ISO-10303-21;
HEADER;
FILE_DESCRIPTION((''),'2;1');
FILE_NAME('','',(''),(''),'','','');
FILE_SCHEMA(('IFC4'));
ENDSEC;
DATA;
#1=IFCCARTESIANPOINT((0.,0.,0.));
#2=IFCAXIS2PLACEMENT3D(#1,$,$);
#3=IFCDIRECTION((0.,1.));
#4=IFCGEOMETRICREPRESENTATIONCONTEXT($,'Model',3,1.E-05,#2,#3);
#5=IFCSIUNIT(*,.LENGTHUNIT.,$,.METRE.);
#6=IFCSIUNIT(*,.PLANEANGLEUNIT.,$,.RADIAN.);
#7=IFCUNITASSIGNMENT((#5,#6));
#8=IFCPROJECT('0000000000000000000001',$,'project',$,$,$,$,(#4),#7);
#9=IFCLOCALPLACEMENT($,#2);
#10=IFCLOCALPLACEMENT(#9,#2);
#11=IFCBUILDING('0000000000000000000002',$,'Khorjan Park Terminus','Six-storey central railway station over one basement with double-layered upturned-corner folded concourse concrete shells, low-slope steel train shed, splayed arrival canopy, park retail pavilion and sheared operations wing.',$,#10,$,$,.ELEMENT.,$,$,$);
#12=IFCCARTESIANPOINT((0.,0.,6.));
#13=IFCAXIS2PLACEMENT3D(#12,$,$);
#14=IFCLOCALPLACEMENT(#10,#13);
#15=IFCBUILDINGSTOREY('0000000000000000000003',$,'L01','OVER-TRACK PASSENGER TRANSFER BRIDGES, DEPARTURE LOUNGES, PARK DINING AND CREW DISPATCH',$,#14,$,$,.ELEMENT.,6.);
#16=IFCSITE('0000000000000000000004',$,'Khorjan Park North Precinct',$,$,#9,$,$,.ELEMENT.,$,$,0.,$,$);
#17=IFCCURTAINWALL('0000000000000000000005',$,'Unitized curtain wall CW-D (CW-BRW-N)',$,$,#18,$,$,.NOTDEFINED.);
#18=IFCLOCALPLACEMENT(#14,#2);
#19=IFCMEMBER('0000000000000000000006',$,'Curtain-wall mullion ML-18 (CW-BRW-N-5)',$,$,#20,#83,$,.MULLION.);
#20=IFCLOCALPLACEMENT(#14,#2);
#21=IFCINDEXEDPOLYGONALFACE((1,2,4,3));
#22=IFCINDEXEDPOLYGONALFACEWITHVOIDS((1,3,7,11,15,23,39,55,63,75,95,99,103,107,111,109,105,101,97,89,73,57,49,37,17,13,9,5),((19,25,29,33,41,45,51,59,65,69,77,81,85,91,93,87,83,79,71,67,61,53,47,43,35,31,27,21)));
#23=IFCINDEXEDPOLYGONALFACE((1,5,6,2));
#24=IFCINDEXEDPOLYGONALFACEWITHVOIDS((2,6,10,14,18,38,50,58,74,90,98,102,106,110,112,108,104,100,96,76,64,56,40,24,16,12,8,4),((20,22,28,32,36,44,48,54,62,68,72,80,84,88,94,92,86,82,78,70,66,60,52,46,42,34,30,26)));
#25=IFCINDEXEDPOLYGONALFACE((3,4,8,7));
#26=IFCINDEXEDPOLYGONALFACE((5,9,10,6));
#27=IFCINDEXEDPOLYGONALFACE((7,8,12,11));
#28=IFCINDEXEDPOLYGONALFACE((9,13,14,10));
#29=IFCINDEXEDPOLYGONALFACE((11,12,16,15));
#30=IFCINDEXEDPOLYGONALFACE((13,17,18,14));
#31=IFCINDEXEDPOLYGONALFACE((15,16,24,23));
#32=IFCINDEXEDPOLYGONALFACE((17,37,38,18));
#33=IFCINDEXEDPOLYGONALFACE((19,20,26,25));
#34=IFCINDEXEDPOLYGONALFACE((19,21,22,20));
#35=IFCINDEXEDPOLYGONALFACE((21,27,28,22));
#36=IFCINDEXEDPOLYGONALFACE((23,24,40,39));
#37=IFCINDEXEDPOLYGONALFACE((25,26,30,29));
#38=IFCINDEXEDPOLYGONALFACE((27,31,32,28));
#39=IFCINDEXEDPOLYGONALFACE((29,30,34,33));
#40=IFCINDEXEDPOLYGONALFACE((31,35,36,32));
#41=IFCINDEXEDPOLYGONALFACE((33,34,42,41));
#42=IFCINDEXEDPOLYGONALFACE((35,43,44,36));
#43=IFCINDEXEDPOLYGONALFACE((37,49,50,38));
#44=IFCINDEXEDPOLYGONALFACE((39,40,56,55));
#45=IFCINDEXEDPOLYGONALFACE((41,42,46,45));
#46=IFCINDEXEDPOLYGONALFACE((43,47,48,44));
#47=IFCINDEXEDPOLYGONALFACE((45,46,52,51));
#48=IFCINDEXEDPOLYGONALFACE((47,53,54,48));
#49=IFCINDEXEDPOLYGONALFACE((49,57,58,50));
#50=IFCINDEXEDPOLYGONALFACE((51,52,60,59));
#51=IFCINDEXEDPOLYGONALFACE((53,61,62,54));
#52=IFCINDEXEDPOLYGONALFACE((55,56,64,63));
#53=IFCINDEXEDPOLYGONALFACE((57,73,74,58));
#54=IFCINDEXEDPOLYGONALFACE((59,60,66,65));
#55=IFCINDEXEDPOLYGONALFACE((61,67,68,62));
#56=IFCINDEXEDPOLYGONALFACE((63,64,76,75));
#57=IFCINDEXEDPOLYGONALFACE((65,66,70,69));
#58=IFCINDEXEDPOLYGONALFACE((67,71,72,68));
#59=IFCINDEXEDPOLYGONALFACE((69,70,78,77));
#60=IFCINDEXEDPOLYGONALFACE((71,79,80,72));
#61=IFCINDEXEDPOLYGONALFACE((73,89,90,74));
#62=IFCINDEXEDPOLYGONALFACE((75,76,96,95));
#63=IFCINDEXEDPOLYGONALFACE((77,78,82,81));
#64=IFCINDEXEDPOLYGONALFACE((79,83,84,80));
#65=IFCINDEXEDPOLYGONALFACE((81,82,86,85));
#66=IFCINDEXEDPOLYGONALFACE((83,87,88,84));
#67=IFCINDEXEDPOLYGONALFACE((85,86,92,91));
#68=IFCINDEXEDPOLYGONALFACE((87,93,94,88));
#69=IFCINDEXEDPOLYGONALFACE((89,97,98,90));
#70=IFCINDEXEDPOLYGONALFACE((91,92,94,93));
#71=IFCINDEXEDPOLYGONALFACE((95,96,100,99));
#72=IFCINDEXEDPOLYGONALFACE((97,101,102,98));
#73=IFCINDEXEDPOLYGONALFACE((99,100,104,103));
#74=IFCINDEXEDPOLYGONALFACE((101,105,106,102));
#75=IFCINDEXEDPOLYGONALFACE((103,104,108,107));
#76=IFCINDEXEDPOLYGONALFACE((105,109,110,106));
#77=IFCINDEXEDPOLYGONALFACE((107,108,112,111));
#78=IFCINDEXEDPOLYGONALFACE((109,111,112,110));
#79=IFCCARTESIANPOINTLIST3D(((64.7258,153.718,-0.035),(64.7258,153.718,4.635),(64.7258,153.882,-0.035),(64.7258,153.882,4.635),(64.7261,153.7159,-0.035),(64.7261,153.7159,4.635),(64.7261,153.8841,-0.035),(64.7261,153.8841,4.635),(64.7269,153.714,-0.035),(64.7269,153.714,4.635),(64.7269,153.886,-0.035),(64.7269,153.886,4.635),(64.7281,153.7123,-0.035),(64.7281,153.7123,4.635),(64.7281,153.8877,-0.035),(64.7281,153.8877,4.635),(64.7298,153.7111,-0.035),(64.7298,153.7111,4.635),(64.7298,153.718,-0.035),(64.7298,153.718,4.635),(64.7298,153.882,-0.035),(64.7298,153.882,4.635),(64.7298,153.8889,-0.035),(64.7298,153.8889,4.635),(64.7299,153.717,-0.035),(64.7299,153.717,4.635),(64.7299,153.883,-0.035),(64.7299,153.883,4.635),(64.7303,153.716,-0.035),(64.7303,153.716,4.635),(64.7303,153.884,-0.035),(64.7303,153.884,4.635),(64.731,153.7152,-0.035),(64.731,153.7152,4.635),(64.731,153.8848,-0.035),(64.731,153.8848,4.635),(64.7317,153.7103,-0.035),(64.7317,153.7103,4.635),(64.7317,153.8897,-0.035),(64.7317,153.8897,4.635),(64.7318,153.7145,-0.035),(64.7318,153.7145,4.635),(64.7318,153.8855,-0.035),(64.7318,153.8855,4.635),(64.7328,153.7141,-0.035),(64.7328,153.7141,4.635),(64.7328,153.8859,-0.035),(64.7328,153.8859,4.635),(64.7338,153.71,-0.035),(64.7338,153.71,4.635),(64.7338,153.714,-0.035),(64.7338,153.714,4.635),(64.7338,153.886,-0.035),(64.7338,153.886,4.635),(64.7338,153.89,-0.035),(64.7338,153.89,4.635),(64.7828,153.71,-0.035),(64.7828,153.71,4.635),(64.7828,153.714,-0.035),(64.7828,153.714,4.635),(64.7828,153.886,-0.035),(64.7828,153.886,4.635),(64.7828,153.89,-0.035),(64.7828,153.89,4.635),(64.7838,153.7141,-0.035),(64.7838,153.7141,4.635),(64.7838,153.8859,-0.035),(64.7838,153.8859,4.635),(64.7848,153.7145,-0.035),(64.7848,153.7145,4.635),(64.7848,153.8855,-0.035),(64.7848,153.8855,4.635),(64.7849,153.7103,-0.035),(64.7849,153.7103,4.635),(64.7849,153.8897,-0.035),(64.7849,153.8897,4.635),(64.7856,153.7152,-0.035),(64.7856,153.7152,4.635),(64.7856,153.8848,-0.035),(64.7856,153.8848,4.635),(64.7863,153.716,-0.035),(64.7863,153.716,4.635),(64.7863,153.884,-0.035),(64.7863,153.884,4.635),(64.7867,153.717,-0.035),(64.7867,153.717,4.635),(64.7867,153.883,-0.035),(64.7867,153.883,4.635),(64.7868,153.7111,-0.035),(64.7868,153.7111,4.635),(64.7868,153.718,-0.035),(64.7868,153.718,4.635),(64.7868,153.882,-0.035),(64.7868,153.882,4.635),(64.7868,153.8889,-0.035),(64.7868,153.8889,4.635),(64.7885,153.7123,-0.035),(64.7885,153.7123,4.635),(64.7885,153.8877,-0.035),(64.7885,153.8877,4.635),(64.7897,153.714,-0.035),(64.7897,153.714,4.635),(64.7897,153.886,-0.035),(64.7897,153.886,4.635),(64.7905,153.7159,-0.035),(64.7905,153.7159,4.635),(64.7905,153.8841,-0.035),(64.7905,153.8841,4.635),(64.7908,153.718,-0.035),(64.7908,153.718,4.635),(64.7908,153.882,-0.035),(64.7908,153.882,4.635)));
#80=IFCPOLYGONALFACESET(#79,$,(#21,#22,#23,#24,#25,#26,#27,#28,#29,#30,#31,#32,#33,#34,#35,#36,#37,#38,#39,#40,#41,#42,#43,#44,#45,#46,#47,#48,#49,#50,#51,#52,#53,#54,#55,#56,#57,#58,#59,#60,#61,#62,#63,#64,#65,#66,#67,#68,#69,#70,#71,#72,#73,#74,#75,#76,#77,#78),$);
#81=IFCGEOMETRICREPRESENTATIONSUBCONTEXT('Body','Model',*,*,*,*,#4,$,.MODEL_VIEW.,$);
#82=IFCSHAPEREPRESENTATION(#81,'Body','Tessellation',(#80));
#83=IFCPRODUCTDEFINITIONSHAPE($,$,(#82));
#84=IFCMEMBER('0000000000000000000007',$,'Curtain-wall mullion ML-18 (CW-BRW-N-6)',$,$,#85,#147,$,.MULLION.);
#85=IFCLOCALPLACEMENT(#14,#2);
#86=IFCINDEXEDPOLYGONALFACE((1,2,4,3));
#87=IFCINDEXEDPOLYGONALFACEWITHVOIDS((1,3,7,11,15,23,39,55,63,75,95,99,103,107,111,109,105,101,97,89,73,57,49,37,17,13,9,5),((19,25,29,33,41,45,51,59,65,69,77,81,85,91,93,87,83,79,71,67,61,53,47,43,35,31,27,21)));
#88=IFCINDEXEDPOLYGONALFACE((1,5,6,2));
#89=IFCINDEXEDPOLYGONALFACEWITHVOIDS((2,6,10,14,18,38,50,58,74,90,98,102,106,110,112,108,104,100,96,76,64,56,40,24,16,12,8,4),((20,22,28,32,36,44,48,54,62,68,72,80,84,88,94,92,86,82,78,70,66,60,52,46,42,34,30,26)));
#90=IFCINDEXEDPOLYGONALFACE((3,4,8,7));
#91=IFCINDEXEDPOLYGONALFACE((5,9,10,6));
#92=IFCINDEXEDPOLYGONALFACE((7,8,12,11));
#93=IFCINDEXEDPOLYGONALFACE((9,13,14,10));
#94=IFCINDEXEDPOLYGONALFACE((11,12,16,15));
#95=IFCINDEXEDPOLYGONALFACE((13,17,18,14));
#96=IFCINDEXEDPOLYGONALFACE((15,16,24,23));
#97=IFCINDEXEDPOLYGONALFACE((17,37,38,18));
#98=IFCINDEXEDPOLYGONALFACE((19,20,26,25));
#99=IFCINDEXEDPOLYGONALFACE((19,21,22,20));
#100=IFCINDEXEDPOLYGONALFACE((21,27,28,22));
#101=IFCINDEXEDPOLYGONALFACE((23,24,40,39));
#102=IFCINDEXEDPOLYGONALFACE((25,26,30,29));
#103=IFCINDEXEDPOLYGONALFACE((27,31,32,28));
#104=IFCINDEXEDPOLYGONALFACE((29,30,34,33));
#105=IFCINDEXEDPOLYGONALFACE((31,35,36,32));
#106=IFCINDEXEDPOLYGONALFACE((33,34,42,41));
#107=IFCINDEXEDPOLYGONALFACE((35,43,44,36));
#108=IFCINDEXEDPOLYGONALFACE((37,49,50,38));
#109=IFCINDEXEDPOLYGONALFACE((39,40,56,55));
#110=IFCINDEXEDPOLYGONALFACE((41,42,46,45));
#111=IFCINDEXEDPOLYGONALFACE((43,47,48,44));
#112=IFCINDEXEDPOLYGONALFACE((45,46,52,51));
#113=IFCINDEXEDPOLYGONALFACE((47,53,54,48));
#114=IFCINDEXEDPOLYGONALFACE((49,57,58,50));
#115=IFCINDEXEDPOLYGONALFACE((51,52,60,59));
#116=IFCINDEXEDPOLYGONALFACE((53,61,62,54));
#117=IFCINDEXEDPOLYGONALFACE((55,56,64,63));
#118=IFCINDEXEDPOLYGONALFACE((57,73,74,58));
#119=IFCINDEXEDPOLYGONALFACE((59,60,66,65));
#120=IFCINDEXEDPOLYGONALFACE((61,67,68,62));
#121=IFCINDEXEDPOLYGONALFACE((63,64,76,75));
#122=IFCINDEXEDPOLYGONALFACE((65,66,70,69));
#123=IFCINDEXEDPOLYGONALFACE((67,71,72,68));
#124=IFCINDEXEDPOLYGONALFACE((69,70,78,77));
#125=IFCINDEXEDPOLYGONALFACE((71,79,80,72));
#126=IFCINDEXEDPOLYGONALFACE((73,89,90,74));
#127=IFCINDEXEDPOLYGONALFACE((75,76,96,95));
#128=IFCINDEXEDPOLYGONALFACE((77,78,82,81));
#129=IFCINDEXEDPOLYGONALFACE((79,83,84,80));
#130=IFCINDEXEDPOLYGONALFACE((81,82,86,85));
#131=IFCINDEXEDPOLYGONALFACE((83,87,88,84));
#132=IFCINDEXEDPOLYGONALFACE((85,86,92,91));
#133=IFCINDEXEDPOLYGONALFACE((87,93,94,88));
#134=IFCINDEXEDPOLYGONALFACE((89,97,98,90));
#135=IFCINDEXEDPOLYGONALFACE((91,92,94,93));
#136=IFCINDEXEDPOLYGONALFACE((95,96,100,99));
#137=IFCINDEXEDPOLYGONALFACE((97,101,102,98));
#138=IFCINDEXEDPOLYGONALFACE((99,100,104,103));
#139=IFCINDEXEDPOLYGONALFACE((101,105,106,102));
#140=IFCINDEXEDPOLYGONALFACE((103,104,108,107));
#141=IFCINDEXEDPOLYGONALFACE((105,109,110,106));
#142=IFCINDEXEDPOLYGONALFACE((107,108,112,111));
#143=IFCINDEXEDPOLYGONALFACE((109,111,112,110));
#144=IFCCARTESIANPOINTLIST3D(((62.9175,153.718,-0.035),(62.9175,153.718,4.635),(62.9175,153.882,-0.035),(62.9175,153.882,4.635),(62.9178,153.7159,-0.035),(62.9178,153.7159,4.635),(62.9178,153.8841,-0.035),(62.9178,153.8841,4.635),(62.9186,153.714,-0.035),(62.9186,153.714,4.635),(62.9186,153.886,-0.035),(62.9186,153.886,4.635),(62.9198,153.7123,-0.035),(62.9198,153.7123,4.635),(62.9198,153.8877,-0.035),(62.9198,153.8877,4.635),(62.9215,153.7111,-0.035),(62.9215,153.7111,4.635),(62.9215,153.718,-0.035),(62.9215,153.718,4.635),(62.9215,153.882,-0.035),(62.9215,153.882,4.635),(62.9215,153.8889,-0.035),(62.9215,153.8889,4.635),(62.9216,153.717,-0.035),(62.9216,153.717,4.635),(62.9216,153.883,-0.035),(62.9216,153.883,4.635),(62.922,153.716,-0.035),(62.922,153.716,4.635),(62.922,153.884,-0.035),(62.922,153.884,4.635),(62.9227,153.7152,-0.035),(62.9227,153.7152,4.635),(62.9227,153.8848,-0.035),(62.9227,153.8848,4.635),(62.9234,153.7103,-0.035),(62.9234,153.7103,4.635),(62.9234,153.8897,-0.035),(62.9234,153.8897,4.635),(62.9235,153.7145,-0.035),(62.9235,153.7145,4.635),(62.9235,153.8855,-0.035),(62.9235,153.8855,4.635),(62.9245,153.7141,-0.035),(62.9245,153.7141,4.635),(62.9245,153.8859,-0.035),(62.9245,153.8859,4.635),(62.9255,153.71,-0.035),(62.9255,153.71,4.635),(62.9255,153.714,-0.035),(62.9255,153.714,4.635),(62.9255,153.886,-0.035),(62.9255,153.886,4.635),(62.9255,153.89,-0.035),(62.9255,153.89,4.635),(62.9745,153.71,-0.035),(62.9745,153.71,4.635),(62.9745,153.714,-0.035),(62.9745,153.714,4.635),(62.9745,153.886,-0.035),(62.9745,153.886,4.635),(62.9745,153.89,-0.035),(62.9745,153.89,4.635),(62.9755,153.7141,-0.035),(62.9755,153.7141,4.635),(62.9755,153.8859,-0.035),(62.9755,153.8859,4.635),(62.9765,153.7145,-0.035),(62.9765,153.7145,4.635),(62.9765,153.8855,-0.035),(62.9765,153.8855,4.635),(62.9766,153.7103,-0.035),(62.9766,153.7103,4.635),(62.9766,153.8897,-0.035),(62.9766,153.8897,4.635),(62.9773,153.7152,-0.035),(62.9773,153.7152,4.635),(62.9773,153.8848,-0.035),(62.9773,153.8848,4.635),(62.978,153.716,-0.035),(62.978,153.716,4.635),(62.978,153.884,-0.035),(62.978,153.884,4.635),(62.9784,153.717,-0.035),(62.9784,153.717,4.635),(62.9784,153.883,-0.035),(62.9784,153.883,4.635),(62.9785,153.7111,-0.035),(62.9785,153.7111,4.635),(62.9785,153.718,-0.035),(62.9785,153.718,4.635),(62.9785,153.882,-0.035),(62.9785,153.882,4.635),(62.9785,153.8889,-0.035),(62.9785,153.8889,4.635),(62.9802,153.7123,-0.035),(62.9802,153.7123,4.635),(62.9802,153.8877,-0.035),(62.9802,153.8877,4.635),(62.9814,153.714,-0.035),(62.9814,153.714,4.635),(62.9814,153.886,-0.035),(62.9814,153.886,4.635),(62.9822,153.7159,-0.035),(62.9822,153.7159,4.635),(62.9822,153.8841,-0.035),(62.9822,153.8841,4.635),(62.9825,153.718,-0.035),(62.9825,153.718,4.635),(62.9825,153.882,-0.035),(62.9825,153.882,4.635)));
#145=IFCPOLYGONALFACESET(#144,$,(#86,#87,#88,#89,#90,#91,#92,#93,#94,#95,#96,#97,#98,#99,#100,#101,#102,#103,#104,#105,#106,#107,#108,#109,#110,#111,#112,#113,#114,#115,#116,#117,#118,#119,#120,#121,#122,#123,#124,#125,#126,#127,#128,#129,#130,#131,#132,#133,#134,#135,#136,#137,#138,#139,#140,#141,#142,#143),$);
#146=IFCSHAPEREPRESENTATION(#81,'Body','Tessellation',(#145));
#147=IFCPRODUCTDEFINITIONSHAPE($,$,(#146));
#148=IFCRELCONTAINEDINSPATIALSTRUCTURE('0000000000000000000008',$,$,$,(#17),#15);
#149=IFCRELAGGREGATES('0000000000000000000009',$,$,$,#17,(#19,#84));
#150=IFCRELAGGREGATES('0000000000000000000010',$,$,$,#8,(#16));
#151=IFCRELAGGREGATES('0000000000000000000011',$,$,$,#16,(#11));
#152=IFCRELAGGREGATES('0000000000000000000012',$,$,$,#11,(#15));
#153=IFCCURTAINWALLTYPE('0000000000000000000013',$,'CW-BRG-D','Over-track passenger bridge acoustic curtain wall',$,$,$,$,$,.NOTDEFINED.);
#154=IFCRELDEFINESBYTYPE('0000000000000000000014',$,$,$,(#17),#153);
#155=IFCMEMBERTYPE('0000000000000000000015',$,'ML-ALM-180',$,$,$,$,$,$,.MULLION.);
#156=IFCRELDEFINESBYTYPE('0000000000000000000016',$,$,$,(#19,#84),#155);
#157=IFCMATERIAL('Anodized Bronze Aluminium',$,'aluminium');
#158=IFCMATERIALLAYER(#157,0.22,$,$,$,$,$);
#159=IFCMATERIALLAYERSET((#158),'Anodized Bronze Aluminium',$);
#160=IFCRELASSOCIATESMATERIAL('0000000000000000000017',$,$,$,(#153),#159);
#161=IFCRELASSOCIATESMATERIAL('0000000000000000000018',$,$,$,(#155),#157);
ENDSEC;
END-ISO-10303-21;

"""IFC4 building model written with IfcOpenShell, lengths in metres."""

from ifc_helpers import new_model, si_unit, direction, frame, origin, origin_2d, place, context, subcontext, project, spatial, hollow_rectangle, extrude, material, layer, layer_set, material_profile, profile_set, type_object, element, aggregate, save


model = new_model("IFC4")

# Units and contexts
model_context = context("Model", 3, precision=1e-05, world=origin(), true_north=direction((0.0, 1.0)))
body_context = subcontext(model_context, "Body", "Model", "MODEL_VIEW")
ifc_project = project(units=[si_unit("LENGTHUNIT", "METRE"), si_unit("PLANEANGLEUNIT", "RADIAN")], contexts=[model_context])

# Site, building, storey
site_placement = place(None, origin())
site = spatial("IfcSite", under=ifc_project, at=site_placement, Name="Khorjan Park North Precinct", CompositionType="ELEMENT", RefElevation=0.0)
building_placement = place(site_placement, origin())
building = spatial("IfcBuilding", under=site, at=building_placement, Name="Khorjan Park Terminus", Description="Six-storey central railway station over one basement with double-layered upturned-corner folded concourse concrete shells, low-slope steel train shed, splayed arrival canopy, park retail pavilion and sheared operations wing.", CompositionType="ELEMENT")
storey_placement = place(building_placement, frame((0.0, 0.0, 6.0)))
storey = spatial("IfcBuildingStorey", under=building, at=storey_placement, Name="L01", Description="OVER-TRACK PASSENGER TRANSFER BRIDGES, DEPARTURE LOUNGES, PARK DINING AND CREW DISPATCH", CompositionType="ELEMENT", Elevation=6.0)

# Curtain wall, members
ifc_material_1 = material(Name="Anodized Bronze Aluminium", Category="aluminium")
ifc_layer_1 = layer(ifc_material_1, 0.22)
ifc_layer_set_1 = layer_set([ifc_layer_1], Name="Anodized Bronze Aluminium")
curtain_wall_type = type_object("IfcCurtainWallType", Name="CW-BRG-D", Description="Over-track passenger bridge acoustic curtain wall", PredefinedType="NOTDEFINED", material=ifc_layer_set_1)
curtain_wall_placement = place(storey_placement, origin())
curtain_wall = element("IfcCurtainWall", 1, at=curtain_wall_placement, inside=storey, type_object=curtain_wall_type, Name="Unitized curtain wall CW-D (CW-BRW-N)", PredefinedType="NOTDEFINED")
ifc_material_profile_1 = material_profile(ifc_material_1, hollow_rectangle(XDim=0.065, YDim=0.18, WallThickness=0.004, InnerFilletRadius=0.004, OuterFilletRadius=0.008, at=origin_2d()), Name="ALM 65x180x4")
ifc_profile_set_1 = profile_set([ifc_material_profile_1], Name="Anodized Bronze Aluminium")
member_type_1 = type_object("IfcMemberType", Name="ML-ALM-180", PredefinedType="MULLION", material=ifc_profile_set_1)
member_1_placement = place(storey_placement, frame((64.7583, 153.8, -0.035), z_axis=(0.0, 0.0, 1.0), x_axis=(-1.0, 0.0, 0.0)))
member_1 = element("IfcMember", 2, at=member_1_placement, type_object=member_type_1, Name="Curtain-wall mullion ML-18 (CW-BRW-N-5)", PredefinedType="MULLION", context=body_context, shape_type="SweptSolid", body=[
    extrude(hollow_rectangle(XDim=0.065, YDim=0.18, WallThickness=0.004, InnerFilletRadius=0.004, OuterFilletRadius=0.008, at=origin_2d()), origin(), (0.0, 0.0, 1.0), 4.67),
])
member_2_placement = place(storey_placement, frame((62.95, 153.8, -0.035), z_axis=(0.0, 0.0, 1.0), x_axis=(-1.0, 0.0, 0.0)))
member_2 = element("IfcMember", 3, at=member_2_placement, type_object=member_type_1, Name="Curtain-wall mullion ML-18 (CW-BRW-N-6)", PredefinedType="MULLION", context=body_context, shape_type="SweptSolid", body=[
    extrude(hollow_rectangle(XDim=0.065, YDim=0.18, WallThickness=0.004, InnerFilletRadius=0.004, OuterFilletRadius=0.008, at=origin_2d()), origin(), (0.0, 0.0, 1.0), 4.67),
])
aggregate(curtain_wall, [member_1, member_2])

save(model, "model.ifc")
